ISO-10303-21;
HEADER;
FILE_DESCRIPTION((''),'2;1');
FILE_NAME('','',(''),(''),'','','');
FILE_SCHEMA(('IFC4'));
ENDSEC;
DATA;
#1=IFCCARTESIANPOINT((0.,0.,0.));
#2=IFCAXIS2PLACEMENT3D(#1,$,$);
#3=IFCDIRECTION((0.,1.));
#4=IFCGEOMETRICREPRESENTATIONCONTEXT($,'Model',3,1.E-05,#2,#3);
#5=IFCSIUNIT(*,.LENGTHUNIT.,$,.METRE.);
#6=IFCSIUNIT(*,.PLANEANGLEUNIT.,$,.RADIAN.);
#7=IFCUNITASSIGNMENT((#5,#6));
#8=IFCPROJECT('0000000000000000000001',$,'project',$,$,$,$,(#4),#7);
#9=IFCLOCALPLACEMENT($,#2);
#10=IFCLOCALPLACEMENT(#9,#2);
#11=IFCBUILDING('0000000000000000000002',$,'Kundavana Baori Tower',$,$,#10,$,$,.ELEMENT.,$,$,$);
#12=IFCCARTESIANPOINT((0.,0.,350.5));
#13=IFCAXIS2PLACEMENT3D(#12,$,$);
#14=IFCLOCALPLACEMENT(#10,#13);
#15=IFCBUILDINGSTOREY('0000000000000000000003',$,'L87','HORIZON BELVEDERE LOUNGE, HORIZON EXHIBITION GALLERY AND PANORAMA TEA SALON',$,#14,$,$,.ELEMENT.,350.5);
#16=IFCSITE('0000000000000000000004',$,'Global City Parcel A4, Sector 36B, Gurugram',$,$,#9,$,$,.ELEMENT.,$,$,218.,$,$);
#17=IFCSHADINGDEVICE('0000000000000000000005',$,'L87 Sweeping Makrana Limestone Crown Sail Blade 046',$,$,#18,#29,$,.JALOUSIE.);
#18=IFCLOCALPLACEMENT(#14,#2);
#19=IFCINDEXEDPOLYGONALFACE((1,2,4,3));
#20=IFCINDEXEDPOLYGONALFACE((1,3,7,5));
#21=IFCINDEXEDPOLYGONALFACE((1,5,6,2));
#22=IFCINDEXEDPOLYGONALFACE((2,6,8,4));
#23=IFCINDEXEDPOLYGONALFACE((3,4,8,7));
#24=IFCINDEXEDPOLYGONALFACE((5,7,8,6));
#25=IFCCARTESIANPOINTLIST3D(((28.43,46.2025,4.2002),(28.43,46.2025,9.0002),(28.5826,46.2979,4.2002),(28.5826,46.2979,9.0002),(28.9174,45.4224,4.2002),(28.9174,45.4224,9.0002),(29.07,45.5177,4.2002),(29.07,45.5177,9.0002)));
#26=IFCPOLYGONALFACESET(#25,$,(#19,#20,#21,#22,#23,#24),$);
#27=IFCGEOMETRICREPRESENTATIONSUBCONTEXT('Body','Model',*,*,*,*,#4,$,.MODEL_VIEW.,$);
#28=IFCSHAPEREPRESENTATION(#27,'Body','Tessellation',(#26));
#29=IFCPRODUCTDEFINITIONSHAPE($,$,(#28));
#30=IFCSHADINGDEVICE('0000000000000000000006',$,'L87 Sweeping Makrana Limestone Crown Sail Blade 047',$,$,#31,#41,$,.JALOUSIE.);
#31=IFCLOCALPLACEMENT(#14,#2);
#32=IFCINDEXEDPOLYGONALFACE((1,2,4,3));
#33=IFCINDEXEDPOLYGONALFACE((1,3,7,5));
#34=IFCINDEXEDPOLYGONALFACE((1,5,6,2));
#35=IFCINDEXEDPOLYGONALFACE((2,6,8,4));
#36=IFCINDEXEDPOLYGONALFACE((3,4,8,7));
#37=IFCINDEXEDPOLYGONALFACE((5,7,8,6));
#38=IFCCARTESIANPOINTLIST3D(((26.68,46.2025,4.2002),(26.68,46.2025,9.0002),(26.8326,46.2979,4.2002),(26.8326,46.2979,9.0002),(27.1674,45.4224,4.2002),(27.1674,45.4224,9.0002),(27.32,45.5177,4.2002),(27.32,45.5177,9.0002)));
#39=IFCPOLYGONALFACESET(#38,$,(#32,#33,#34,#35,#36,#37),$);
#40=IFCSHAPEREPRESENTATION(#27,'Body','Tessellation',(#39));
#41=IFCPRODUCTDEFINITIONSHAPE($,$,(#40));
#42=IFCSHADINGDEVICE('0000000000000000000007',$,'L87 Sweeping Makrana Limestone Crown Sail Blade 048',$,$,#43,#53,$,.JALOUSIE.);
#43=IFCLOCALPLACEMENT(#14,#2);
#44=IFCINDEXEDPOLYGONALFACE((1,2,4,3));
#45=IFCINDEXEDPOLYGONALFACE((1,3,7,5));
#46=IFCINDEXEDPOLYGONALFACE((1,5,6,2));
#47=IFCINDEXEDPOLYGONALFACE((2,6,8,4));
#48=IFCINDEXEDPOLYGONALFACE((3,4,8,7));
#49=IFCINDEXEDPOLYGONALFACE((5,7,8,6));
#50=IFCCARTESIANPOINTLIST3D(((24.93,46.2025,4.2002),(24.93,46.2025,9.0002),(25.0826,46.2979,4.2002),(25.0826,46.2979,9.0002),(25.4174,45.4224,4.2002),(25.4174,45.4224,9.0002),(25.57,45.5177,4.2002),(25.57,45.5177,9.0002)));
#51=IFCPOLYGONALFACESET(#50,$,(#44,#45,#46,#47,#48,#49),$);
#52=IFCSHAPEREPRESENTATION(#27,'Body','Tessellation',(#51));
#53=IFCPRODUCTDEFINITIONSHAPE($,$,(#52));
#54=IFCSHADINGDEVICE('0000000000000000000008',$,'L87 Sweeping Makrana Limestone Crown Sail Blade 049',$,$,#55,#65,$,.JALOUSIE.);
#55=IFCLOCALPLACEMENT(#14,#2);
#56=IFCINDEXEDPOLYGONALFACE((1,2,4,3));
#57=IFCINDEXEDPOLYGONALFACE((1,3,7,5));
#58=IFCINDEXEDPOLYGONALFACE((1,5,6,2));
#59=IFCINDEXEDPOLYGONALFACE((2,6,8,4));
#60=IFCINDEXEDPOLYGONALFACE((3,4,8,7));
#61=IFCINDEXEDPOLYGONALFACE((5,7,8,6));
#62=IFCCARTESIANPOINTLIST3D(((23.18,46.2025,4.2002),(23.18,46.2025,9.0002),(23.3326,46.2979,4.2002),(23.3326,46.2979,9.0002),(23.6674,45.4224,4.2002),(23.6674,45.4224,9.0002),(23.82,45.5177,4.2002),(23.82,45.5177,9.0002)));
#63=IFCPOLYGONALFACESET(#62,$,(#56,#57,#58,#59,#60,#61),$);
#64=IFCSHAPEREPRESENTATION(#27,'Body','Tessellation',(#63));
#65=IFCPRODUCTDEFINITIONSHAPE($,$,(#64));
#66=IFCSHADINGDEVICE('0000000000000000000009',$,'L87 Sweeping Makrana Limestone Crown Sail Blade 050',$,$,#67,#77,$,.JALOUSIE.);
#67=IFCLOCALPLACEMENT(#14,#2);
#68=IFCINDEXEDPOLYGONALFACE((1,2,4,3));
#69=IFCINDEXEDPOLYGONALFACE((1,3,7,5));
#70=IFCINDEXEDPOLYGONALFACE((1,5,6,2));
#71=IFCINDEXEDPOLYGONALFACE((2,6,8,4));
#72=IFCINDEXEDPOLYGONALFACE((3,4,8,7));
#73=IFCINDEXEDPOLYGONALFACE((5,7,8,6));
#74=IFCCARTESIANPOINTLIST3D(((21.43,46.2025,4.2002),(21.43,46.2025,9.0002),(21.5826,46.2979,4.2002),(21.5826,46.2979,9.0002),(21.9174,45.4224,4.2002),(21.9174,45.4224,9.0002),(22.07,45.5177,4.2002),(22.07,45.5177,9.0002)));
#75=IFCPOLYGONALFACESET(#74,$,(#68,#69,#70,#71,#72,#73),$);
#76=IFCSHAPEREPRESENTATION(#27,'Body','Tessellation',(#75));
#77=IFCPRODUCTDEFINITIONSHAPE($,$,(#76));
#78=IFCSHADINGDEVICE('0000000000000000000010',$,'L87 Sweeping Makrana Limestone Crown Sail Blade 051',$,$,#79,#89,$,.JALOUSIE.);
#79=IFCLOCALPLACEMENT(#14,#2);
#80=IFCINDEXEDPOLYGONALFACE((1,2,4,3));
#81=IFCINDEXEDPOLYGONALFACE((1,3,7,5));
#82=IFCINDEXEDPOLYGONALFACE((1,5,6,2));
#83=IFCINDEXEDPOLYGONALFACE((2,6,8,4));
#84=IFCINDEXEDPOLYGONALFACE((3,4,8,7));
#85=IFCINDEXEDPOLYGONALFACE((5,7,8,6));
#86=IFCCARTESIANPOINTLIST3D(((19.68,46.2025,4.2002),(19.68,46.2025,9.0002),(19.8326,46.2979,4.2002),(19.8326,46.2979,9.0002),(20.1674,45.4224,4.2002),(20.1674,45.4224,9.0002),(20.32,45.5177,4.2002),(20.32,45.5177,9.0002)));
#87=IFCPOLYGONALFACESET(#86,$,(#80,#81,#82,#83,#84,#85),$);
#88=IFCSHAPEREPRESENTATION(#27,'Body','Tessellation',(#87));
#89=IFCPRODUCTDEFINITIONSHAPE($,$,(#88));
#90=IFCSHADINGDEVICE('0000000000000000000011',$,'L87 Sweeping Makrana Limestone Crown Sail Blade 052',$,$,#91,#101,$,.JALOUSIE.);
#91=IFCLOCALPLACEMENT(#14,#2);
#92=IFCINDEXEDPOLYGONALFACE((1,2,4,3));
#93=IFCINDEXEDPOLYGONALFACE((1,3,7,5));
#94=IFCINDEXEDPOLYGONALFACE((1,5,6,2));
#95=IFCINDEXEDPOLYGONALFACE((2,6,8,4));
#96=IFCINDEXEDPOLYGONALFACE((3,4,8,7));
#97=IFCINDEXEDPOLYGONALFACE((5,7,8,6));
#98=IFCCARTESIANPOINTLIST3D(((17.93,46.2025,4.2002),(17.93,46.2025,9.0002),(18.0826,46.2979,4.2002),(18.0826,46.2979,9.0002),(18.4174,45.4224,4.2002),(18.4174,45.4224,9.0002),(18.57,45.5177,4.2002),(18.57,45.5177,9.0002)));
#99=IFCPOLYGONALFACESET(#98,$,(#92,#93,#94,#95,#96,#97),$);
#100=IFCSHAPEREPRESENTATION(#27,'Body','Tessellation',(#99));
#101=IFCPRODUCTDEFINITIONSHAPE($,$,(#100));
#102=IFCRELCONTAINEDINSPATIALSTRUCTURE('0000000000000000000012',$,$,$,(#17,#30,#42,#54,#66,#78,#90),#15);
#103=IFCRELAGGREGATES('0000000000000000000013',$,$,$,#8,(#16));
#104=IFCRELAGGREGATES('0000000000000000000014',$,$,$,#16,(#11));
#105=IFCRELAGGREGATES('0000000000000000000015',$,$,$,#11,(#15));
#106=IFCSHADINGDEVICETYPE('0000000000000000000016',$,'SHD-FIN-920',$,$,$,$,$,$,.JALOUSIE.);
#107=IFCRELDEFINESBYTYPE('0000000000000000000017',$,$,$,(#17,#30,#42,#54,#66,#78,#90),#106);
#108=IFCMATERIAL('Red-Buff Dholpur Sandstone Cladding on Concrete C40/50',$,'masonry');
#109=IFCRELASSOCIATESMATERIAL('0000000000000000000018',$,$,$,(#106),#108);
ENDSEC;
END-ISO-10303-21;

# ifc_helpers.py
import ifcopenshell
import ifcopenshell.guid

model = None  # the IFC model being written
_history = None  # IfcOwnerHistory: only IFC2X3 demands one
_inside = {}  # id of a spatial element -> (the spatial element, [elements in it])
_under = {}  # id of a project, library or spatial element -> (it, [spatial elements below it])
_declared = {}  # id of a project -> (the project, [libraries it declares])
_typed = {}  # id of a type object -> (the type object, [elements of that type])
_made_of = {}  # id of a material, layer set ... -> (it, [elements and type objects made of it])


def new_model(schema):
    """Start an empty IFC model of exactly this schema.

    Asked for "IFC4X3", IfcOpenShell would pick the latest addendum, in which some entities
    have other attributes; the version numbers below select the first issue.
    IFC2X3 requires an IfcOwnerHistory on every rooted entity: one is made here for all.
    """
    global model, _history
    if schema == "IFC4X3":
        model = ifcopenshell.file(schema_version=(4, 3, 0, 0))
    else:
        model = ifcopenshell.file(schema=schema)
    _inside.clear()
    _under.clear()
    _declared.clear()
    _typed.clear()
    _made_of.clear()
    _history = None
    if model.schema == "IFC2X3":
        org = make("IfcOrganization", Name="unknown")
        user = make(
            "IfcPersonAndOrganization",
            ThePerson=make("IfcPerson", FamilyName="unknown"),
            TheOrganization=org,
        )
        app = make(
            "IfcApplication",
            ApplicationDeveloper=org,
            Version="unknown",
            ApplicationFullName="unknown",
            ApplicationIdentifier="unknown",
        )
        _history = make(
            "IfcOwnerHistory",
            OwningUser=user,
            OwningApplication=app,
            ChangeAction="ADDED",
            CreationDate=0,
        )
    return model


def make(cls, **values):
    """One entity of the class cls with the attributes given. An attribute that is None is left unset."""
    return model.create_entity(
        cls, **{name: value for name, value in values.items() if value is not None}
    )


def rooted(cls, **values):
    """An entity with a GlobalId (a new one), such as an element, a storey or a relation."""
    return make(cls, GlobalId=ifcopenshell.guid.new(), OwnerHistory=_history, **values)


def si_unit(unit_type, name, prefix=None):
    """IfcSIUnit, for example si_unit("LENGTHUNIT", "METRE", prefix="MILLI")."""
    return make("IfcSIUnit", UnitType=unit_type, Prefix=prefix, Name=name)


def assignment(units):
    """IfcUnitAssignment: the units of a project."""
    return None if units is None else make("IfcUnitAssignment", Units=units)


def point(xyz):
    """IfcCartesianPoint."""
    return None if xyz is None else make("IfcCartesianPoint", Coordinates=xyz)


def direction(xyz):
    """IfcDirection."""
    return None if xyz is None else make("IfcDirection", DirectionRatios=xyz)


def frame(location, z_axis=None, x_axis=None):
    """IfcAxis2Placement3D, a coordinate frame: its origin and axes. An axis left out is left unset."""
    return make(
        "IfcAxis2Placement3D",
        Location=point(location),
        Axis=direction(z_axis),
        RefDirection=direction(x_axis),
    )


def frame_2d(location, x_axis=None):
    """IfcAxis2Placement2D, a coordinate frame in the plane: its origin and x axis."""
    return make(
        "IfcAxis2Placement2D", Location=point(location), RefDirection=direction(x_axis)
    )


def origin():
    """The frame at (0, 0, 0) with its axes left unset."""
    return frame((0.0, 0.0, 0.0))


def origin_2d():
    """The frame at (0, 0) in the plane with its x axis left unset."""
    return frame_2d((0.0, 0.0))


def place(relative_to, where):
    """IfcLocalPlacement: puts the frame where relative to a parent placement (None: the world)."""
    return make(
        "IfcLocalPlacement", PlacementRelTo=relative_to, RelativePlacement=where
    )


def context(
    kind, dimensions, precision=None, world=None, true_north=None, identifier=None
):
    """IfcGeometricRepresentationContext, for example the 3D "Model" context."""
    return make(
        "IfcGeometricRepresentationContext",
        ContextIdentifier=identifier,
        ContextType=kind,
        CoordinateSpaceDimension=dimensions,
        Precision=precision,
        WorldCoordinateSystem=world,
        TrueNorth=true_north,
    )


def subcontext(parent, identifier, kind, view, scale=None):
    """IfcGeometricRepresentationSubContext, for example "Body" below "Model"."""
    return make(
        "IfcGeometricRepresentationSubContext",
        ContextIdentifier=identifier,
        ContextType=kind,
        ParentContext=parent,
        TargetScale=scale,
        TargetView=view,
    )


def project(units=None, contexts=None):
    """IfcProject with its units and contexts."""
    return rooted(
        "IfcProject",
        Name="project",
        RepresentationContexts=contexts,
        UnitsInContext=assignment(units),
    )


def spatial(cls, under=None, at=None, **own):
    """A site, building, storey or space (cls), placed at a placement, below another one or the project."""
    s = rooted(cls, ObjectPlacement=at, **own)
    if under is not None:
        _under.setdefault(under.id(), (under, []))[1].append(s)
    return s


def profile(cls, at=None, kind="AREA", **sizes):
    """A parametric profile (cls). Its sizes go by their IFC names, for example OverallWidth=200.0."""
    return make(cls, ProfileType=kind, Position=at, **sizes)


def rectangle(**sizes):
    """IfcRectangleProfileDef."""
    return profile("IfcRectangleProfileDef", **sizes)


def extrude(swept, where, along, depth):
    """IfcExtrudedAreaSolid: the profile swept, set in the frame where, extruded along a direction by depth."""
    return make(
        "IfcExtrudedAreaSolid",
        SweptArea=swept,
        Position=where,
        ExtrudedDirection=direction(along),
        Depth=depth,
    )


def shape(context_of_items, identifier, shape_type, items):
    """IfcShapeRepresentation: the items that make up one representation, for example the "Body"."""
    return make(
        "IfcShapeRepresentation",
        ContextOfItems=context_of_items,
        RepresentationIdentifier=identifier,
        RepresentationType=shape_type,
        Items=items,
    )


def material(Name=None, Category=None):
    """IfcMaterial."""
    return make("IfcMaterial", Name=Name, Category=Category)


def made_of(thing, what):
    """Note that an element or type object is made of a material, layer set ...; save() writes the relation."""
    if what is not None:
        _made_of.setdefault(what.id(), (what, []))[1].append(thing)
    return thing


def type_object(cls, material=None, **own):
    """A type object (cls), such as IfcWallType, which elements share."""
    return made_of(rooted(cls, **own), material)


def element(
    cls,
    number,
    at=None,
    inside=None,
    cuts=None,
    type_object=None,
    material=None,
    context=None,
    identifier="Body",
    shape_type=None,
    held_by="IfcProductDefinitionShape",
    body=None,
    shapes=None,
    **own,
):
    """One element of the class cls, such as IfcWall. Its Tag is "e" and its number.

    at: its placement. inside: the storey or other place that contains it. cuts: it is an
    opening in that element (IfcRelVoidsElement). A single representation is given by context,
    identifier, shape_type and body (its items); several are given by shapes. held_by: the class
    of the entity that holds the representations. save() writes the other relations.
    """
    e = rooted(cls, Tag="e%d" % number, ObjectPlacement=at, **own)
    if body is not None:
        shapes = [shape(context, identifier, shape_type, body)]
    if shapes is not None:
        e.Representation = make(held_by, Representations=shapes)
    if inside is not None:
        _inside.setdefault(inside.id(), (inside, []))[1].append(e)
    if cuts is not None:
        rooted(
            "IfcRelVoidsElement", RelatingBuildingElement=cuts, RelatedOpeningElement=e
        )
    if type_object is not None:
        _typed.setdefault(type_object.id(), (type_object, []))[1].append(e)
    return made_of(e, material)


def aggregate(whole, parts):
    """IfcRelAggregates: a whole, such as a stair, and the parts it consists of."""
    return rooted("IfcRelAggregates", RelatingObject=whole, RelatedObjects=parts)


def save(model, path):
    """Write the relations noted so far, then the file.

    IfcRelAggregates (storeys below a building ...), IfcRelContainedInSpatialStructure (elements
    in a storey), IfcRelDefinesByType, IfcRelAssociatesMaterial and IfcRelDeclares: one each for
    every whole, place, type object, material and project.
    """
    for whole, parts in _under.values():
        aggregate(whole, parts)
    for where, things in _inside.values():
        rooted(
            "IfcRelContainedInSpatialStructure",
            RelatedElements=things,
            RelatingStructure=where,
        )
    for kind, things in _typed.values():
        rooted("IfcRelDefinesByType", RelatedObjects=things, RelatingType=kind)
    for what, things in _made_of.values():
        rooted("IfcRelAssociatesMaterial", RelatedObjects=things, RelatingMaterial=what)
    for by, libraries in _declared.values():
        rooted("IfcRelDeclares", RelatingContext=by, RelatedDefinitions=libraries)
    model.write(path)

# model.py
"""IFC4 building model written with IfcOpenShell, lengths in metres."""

from ifc_helpers import new_model, si_unit, direction, frame, origin, origin_2d, place, context, subcontext, project, spatial, rectangle, extrude, material, type_object, element, save


model = new_model("IFC4")

# Units and contexts
model_context = context("Model", 3, precision=1e-05, world=origin(), true_north=direction((0.0, 1.0)))
body_context = subcontext(model_context, "Body", "Model", "MODEL_VIEW")
ifc_project = project(units=[si_unit("LENGTHUNIT", "METRE"), si_unit("PLANEANGLEUNIT", "RADIAN")], contexts=[model_context])

# Site, building, storey
site_placement = place(None, origin())
site = spatial("IfcSite", under=ifc_project, at=site_placement, Name="Global City Parcel A4, Sector 36B, Gurugram", CompositionType="ELEMENT", RefElevation=218.0)
building_placement = place(site_placement, origin())
building = spatial("IfcBuilding", under=site, at=building_placement, Name="Kundavana Baori Tower", CompositionType="ELEMENT")
storey_placement = place(building_placement, frame((0.0, 0.0, 350.5)))
storey = spatial("IfcBuildingStorey", under=building, at=storey_placement, Name="L87", Description="HORIZON BELVEDERE LOUNGE, HORIZON EXHIBITION GALLERY AND PANORAMA TEA SALON", CompositionType="ELEMENT", Elevation=350.5)

# Shading devices
ifc_material_1 = material(Name="Red-Buff Dholpur Sandstone Cladding on Concrete C40/50", Category="masonry")
shading_device_type = type_object("IfcShadingDeviceType", Name="SHD-FIN-920", PredefinedType="JALOUSIE", material=ifc_material_1)
for number, where, z_axis, x_axis, name in (
    (1, (28.75, 45.8601, 4.2002), (0.0, 0.0, 1.0), (0.848048, 0.529919, 0.0), "L87 Sweeping Makrana Limestone Crown Sail Blade 046"),
    (2, (27.0, 45.8601, 4.2002), (0.0, 0.0, 1.0), (0.848048, 0.529919, 0.0), "L87 Sweeping Makrana Limestone Crown Sail Blade 047"),
    (3, (25.25, 45.8601, 4.2002), (0.0, 0.0, 1.0), (0.848048, 0.529919, 0.0), "L87 Sweeping Makrana Limestone Crown Sail Blade 048"),
    (4, (23.5, 45.8601, 4.2002), (0.0, 0.0, 1.0), (0.848048, 0.529919, 0.0), "L87 Sweeping Makrana Limestone Crown Sail Blade 049"),
    (5, (21.75, 45.8601, 4.2002), (0.0, 0.0, 1.0), (0.848048, 0.529919, 0.0), "L87 Sweeping Makrana Limestone Crown Sail Blade 050"),
    (6, (20.0, 45.8601, 4.2002), (0.0, 0.0, 1.0), (0.848048, 0.529919, 0.0), "L87 Sweeping Makrana Limestone Crown Sail Blade 051"),
    (7, (18.25, 45.8601, 4.2002), (0.0, 0.0, 1.0), (0.848048, 0.529919, 0.0), "L87 Sweeping Makrana Limestone Crown Sail Blade 052"),
):
    element("IfcShadingDevice", number, at=place(storey_placement, frame(where, z_axis=z_axis, x_axis=x_axis)), inside=storey, type_object=shading_device_type, Name=name, PredefinedType="JALOUSIE", context=body_context, shape_type="SweptSolid", body=[
        extrude(rectangle(XDim=0.1799, YDim=0.9199, at=origin_2d()), origin(), (0.0, 0.0, 1.0), 4.8),
    ])

save(model, "model.ifc")
